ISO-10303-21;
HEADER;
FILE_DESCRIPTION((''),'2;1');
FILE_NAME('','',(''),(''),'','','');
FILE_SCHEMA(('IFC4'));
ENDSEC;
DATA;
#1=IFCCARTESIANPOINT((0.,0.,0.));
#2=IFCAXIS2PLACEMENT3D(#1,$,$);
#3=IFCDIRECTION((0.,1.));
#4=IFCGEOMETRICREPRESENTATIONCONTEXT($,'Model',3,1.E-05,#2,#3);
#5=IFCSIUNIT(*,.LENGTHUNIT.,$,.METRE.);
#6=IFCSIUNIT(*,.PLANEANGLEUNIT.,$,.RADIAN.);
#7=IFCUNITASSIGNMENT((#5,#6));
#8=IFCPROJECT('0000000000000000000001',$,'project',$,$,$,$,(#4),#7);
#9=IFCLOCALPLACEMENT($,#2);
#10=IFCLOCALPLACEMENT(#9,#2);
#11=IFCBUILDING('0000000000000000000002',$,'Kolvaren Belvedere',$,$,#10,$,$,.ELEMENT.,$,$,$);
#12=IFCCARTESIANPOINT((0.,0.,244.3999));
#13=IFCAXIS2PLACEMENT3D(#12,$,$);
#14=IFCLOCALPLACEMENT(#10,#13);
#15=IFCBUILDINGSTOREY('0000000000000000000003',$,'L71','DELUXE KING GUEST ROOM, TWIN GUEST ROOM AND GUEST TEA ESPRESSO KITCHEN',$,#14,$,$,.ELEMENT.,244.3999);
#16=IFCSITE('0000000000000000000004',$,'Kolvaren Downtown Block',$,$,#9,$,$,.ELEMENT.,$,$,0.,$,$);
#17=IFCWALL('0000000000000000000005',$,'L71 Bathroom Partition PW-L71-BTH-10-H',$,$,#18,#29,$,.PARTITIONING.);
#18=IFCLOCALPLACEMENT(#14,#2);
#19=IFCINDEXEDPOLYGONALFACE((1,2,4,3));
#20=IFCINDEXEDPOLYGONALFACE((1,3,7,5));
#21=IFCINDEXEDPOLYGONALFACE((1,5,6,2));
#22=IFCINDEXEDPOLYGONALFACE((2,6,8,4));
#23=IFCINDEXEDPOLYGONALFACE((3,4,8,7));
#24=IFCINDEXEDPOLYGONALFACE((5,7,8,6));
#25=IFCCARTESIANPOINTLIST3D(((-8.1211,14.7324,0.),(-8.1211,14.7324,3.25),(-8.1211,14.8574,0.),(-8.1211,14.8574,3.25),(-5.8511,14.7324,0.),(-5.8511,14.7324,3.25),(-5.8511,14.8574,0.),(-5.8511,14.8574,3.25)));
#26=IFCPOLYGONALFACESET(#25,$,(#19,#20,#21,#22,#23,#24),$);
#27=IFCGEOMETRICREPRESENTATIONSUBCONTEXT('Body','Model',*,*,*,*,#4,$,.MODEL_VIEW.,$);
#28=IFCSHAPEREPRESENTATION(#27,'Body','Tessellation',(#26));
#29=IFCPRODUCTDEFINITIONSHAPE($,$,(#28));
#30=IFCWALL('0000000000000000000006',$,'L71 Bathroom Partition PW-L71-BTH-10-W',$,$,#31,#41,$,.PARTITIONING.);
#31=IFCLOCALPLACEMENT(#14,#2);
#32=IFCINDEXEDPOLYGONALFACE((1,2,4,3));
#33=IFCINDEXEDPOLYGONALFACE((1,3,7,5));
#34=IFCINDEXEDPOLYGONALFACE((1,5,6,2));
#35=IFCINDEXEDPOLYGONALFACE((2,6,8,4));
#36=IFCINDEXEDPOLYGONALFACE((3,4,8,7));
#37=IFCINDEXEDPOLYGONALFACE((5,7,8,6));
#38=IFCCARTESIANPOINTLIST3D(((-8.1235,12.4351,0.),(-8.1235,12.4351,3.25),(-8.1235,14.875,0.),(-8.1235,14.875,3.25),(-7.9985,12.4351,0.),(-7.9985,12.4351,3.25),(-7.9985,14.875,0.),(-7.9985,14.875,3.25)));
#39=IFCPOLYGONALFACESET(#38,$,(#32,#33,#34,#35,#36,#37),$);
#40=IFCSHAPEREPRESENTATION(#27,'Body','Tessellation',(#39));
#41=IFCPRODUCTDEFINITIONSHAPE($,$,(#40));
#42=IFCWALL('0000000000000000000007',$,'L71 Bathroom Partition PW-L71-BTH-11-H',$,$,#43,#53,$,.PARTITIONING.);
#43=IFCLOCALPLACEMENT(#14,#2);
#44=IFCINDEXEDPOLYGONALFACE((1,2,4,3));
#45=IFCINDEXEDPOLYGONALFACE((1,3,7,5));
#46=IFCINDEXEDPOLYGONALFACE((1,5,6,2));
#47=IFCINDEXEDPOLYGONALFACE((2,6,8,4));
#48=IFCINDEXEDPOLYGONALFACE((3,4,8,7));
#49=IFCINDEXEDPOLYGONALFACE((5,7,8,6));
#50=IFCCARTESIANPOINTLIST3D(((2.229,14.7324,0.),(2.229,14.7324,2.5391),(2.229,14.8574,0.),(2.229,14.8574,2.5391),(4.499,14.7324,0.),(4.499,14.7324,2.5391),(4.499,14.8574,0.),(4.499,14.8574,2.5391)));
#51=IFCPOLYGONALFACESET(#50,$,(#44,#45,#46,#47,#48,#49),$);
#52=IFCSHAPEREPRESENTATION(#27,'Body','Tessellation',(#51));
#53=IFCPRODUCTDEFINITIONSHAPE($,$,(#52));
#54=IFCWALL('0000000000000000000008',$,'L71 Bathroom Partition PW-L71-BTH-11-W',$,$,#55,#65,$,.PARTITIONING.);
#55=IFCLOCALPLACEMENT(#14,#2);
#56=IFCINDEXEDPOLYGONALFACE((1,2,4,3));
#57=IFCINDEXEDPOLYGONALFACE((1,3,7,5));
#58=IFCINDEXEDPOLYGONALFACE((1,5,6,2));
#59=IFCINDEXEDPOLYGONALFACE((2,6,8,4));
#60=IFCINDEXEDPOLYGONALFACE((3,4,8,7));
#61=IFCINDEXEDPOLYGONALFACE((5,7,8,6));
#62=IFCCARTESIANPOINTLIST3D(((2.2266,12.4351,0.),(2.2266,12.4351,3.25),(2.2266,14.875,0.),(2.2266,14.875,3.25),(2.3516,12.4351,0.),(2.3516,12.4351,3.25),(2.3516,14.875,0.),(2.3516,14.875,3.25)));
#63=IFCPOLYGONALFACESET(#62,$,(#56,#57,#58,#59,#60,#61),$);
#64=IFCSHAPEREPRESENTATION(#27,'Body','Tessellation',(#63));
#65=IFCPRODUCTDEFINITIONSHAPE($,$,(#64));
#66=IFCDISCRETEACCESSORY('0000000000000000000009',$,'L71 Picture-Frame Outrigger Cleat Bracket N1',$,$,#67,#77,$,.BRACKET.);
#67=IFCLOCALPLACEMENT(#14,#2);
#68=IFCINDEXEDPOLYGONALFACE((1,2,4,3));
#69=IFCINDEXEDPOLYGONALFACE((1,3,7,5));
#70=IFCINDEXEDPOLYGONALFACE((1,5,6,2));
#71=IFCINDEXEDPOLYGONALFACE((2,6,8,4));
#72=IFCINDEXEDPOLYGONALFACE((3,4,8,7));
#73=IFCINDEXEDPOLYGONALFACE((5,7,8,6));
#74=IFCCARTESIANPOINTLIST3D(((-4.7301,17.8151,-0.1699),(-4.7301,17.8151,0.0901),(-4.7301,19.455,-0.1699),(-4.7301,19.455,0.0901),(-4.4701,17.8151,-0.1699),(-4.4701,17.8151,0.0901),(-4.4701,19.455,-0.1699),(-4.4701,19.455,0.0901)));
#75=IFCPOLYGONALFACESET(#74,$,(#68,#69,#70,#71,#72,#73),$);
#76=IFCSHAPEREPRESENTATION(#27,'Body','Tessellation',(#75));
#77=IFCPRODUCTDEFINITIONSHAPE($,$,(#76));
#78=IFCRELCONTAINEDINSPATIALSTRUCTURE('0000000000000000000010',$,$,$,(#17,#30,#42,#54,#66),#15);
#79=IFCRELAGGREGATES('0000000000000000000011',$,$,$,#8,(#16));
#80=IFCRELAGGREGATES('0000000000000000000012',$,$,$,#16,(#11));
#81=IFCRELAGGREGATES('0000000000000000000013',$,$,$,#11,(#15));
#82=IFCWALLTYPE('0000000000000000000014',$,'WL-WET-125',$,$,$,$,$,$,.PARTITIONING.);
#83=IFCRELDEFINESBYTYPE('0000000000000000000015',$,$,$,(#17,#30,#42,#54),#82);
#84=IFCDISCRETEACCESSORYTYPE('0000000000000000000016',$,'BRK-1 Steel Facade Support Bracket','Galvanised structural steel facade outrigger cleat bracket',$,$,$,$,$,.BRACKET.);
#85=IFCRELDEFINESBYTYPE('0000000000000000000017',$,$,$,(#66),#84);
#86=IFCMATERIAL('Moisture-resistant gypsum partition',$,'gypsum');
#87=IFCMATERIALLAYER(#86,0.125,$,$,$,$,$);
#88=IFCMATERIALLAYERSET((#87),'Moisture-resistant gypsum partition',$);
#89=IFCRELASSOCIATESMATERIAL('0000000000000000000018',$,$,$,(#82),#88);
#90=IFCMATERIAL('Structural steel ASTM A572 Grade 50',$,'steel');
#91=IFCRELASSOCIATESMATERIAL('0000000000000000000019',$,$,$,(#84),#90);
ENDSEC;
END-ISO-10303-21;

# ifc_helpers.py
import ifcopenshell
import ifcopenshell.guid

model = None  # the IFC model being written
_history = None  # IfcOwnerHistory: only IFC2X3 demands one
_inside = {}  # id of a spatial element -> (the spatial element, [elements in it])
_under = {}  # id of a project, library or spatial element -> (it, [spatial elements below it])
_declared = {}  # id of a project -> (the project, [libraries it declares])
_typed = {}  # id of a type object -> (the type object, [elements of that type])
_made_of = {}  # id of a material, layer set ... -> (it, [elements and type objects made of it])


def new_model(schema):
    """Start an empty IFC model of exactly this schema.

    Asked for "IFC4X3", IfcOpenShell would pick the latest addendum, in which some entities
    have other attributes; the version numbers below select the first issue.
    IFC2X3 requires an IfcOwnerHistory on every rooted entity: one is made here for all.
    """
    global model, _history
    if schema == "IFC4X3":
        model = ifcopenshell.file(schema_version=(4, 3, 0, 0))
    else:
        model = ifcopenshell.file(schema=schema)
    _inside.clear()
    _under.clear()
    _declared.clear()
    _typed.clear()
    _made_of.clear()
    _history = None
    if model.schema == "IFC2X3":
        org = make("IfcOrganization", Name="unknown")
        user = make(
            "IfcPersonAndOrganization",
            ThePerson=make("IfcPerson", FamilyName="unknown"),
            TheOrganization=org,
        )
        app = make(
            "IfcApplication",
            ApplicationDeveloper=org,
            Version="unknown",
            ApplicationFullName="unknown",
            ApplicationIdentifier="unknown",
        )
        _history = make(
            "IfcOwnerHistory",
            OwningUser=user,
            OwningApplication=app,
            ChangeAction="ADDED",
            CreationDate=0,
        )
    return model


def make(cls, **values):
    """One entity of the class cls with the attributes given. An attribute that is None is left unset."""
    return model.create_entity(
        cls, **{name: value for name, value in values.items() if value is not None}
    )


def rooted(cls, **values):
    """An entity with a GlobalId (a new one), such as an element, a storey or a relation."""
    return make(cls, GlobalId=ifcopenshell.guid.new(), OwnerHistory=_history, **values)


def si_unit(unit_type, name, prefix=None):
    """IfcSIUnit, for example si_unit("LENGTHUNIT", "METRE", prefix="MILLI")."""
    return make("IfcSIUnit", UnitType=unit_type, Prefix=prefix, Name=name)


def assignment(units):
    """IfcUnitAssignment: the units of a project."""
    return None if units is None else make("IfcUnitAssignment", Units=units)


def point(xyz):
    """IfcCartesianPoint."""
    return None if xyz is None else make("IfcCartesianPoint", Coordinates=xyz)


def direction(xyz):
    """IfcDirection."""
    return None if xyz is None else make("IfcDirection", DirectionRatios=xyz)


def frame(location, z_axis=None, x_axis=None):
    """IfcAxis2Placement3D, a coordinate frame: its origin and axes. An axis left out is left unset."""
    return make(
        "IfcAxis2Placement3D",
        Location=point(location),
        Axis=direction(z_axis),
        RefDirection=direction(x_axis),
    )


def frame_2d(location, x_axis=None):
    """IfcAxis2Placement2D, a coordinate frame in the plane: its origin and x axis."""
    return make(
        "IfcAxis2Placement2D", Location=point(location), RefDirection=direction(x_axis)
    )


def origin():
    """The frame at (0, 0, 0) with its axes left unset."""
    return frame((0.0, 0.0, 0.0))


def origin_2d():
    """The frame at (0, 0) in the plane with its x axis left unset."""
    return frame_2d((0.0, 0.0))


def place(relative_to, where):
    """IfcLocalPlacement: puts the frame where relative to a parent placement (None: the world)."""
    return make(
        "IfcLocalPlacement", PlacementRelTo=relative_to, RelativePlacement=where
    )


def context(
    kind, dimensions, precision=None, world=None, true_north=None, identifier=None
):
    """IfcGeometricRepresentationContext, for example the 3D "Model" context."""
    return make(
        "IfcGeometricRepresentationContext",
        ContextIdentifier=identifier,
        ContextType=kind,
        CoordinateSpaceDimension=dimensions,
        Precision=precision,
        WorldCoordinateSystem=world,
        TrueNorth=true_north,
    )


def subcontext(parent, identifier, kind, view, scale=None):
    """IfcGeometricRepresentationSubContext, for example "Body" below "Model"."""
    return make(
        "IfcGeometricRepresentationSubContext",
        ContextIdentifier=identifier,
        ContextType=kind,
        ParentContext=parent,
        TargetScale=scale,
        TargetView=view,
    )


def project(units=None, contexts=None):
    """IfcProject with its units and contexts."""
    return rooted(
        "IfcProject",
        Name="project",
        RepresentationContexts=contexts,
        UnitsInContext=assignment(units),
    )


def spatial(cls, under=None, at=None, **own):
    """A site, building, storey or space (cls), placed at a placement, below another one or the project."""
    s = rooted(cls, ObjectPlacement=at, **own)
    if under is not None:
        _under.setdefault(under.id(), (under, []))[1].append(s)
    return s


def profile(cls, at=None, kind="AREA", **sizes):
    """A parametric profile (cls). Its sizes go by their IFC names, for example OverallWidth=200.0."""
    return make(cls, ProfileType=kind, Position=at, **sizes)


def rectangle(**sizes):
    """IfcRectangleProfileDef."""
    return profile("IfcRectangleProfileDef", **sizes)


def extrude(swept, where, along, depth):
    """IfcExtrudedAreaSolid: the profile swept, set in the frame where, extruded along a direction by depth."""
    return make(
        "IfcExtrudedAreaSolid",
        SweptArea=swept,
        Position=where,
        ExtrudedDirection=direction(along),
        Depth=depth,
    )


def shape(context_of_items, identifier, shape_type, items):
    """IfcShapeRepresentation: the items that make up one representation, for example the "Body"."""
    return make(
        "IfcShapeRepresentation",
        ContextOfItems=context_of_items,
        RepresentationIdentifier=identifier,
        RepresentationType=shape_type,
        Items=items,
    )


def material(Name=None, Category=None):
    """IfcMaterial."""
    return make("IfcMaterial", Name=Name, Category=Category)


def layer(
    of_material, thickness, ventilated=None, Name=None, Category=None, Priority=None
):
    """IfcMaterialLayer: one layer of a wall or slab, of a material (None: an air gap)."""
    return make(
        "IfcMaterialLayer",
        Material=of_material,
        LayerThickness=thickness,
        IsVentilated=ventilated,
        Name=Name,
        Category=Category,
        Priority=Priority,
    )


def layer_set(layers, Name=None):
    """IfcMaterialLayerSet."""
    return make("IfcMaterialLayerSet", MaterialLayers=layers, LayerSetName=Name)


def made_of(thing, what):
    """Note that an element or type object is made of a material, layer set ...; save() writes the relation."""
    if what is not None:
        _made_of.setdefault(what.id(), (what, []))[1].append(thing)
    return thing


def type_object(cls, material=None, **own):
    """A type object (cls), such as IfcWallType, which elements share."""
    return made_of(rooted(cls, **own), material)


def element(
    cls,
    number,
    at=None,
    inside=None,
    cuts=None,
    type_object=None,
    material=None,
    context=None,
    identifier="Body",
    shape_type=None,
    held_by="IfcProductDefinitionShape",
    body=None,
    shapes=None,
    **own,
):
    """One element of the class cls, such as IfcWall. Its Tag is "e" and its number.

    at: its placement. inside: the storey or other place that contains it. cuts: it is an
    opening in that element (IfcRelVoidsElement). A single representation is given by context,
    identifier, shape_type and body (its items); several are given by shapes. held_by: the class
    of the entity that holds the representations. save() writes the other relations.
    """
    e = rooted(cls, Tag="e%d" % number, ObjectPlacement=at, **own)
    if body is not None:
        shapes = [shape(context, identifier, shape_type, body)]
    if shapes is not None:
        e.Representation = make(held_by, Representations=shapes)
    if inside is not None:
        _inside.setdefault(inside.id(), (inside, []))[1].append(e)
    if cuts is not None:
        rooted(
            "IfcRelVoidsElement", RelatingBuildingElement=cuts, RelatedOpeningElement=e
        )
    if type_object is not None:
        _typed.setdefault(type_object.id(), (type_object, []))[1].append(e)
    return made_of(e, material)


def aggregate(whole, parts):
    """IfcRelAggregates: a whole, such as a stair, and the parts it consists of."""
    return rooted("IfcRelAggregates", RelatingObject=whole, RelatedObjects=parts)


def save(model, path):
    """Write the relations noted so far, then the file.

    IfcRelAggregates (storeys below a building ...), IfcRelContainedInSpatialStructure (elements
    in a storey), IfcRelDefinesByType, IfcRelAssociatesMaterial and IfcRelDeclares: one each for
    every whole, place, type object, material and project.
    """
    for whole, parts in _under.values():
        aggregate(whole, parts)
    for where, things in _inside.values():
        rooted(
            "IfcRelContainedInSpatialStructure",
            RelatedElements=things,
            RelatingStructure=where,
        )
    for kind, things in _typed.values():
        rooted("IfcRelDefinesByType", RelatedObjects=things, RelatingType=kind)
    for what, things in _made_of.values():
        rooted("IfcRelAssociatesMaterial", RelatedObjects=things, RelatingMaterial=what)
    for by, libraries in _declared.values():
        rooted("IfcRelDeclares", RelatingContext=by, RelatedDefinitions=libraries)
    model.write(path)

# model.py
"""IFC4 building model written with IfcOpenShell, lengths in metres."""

from ifc_helpers import new_model, si_unit, direction, frame, frame_2d, origin, origin_2d, place, context, subcontext, project, spatial, rectangle, extrude, material, layer, layer_set, type_object, element, save


model = new_model("IFC4")

# Units and contexts
model_context = context("Model", 3, precision=1e-05, world=origin(), true_north=direction((0.0, 1.0)))
body_context = subcontext(model_context, "Body", "Model", "MODEL_VIEW")
ifc_project = project(units=[si_unit("LENGTHUNIT", "METRE"), si_unit("PLANEANGLEUNIT", "RADIAN")], contexts=[model_context])

# Site, building, storey
site_placement = place(None, origin())
site = spatial("IfcSite", under=ifc_project, at=site_placement, Name="Kolvaren Downtown Block", CompositionType="ELEMENT", RefElevation=0.0)
building_placement = place(site_placement, origin())
building = spatial("IfcBuilding", under=site, at=building_placement, Name="Kolvaren Belvedere", CompositionType="ELEMENT")
storey_placement = place(building_placement, frame((0.0, 0.0, 244.3999)))
storey = spatial("IfcBuildingStorey", under=building, at=storey_placement, Name="L71", Description="DELUXE KING GUEST ROOM, TWIN GUEST ROOM AND GUEST TEA ESPRESSO KITCHEN", CompositionType="ELEMENT", Elevation=244.3999)

# Shared definitions
ifc_material_1 = material(Name="Moisture-resistant gypsum partition", Category="gypsum")
ifc_layer_1 = layer(ifc_material_1, 0.125)
ifc_layer_set_1 = layer_set([ifc_layer_1], Name="Moisture-resistant gypsum partition")
wall_type_1 = type_object("IfcWallType", Name="WL-WET-125", PredefinedType="PARTITIONING", material=ifc_layer_set_1)

# Walls
wall_1_placement = place(storey_placement, frame((-8.1211, 14.7949, 0.0), z_axis=(0.0, 0.0, 1.0), x_axis=(1.0, 0.0, 0.0)))
element("IfcWall", 1, at=wall_1_placement, inside=storey, type_object=wall_type_1, Name="L71 Bathroom Partition PW-L71-BTH-10-H", PredefinedType="PARTITIONING", context=body_context, shape_type="SweptSolid", body=[
    extrude(rectangle(XDim=2.27, YDim=0.125, at=frame_2d((1.135, 0.0))), origin(), (0.0, 0.0, 1.0), 3.25),
])
wall_2_placement = place(storey_placement, frame((-8.061, 12.4351, 0.0), z_axis=(0.0, 0.0, 1.0), x_axis=(0.0, 1.0, 0.0)))
element("IfcWall", 2, at=wall_2_placement, inside=storey, type_object=wall_type_1, Name="L71 Bathroom Partition PW-L71-BTH-10-W", PredefinedType="PARTITIONING", context=body_context, shape_type="SweptSolid", body=[
    extrude(rectangle(XDim=2.4399, YDim=0.125, at=frame_2d((1.22, 0.0))), origin(), (0.0, 0.0, 1.0), 3.25),
])
wall_3_placement = place(storey_placement, frame((2.229, 14.7949, 0.0), z_axis=(0.0, 0.0, 1.0), x_axis=(1.0, 0.0, 0.0)))
element("IfcWall", 3, at=wall_3_placement, inside=storey, type_object=wall_type_1, Name="L71 Bathroom Partition PW-L71-BTH-11-H", PredefinedType="PARTITIONING", context=body_context, shape_type="SweptSolid", body=[
    extrude(rectangle(XDim=2.27, YDim=0.125, at=frame_2d((1.135, 0.0))), origin(), (0.0, 0.0, 1.0), 2.5391),
])
wall_4_placement = place(storey_placement, frame((2.2891, 12.4351, 0.0), z_axis=(0.0, 0.0, 1.0), x_axis=(0.0, 1.0, 0.0)))
element("IfcWall", 4, at=wall_4_placement, inside=storey, type_object=wall_type_1, Name="L71 Bathroom Partition PW-L71-BTH-11-W", PredefinedType="PARTITIONING", context=body_context, shape_type="SweptSolid", body=[
    extrude(rectangle(XDim=2.4399, YDim=0.125, at=frame_2d((1.22, 0.0))), origin(), (0.0, 0.0, 1.0), 3.25),
])

# Discrete accessory
ifc_material_2 = material(Name="Structural steel ASTM A572 Grade 50", Category="steel")
discrete_accessory_type = type_object("IfcDiscreteAccessoryType", Name="BRK-1 Steel Facade Support Bracket", Description="Galvanised structural steel facade outrigger cleat bracket", PredefinedType="BRACKET", material=ifc_material_2)
discrete_accessory_placement = place(storey_placement, frame((-4.6001, 18.635, -0.1699), z_axis=(0.0, 0.0, 1.0), x_axis=(0.0, 1.0, 0.0)))
element("IfcDiscreteAccessory", 5, at=discrete_accessory_placement, inside=storey, type_object=discrete_accessory_type, Name="L71 Picture-Frame Outrigger Cleat Bracket N1", PredefinedType="BRACKET", context=body_context, shape_type="SweptSolid", body=[
    extrude(rectangle(XDim=1.6399, YDim=0.26, at=origin_2d()), origin(), (0.0, 0.0, 1.0), 0.26),
])

save(model, "model.ifc")
